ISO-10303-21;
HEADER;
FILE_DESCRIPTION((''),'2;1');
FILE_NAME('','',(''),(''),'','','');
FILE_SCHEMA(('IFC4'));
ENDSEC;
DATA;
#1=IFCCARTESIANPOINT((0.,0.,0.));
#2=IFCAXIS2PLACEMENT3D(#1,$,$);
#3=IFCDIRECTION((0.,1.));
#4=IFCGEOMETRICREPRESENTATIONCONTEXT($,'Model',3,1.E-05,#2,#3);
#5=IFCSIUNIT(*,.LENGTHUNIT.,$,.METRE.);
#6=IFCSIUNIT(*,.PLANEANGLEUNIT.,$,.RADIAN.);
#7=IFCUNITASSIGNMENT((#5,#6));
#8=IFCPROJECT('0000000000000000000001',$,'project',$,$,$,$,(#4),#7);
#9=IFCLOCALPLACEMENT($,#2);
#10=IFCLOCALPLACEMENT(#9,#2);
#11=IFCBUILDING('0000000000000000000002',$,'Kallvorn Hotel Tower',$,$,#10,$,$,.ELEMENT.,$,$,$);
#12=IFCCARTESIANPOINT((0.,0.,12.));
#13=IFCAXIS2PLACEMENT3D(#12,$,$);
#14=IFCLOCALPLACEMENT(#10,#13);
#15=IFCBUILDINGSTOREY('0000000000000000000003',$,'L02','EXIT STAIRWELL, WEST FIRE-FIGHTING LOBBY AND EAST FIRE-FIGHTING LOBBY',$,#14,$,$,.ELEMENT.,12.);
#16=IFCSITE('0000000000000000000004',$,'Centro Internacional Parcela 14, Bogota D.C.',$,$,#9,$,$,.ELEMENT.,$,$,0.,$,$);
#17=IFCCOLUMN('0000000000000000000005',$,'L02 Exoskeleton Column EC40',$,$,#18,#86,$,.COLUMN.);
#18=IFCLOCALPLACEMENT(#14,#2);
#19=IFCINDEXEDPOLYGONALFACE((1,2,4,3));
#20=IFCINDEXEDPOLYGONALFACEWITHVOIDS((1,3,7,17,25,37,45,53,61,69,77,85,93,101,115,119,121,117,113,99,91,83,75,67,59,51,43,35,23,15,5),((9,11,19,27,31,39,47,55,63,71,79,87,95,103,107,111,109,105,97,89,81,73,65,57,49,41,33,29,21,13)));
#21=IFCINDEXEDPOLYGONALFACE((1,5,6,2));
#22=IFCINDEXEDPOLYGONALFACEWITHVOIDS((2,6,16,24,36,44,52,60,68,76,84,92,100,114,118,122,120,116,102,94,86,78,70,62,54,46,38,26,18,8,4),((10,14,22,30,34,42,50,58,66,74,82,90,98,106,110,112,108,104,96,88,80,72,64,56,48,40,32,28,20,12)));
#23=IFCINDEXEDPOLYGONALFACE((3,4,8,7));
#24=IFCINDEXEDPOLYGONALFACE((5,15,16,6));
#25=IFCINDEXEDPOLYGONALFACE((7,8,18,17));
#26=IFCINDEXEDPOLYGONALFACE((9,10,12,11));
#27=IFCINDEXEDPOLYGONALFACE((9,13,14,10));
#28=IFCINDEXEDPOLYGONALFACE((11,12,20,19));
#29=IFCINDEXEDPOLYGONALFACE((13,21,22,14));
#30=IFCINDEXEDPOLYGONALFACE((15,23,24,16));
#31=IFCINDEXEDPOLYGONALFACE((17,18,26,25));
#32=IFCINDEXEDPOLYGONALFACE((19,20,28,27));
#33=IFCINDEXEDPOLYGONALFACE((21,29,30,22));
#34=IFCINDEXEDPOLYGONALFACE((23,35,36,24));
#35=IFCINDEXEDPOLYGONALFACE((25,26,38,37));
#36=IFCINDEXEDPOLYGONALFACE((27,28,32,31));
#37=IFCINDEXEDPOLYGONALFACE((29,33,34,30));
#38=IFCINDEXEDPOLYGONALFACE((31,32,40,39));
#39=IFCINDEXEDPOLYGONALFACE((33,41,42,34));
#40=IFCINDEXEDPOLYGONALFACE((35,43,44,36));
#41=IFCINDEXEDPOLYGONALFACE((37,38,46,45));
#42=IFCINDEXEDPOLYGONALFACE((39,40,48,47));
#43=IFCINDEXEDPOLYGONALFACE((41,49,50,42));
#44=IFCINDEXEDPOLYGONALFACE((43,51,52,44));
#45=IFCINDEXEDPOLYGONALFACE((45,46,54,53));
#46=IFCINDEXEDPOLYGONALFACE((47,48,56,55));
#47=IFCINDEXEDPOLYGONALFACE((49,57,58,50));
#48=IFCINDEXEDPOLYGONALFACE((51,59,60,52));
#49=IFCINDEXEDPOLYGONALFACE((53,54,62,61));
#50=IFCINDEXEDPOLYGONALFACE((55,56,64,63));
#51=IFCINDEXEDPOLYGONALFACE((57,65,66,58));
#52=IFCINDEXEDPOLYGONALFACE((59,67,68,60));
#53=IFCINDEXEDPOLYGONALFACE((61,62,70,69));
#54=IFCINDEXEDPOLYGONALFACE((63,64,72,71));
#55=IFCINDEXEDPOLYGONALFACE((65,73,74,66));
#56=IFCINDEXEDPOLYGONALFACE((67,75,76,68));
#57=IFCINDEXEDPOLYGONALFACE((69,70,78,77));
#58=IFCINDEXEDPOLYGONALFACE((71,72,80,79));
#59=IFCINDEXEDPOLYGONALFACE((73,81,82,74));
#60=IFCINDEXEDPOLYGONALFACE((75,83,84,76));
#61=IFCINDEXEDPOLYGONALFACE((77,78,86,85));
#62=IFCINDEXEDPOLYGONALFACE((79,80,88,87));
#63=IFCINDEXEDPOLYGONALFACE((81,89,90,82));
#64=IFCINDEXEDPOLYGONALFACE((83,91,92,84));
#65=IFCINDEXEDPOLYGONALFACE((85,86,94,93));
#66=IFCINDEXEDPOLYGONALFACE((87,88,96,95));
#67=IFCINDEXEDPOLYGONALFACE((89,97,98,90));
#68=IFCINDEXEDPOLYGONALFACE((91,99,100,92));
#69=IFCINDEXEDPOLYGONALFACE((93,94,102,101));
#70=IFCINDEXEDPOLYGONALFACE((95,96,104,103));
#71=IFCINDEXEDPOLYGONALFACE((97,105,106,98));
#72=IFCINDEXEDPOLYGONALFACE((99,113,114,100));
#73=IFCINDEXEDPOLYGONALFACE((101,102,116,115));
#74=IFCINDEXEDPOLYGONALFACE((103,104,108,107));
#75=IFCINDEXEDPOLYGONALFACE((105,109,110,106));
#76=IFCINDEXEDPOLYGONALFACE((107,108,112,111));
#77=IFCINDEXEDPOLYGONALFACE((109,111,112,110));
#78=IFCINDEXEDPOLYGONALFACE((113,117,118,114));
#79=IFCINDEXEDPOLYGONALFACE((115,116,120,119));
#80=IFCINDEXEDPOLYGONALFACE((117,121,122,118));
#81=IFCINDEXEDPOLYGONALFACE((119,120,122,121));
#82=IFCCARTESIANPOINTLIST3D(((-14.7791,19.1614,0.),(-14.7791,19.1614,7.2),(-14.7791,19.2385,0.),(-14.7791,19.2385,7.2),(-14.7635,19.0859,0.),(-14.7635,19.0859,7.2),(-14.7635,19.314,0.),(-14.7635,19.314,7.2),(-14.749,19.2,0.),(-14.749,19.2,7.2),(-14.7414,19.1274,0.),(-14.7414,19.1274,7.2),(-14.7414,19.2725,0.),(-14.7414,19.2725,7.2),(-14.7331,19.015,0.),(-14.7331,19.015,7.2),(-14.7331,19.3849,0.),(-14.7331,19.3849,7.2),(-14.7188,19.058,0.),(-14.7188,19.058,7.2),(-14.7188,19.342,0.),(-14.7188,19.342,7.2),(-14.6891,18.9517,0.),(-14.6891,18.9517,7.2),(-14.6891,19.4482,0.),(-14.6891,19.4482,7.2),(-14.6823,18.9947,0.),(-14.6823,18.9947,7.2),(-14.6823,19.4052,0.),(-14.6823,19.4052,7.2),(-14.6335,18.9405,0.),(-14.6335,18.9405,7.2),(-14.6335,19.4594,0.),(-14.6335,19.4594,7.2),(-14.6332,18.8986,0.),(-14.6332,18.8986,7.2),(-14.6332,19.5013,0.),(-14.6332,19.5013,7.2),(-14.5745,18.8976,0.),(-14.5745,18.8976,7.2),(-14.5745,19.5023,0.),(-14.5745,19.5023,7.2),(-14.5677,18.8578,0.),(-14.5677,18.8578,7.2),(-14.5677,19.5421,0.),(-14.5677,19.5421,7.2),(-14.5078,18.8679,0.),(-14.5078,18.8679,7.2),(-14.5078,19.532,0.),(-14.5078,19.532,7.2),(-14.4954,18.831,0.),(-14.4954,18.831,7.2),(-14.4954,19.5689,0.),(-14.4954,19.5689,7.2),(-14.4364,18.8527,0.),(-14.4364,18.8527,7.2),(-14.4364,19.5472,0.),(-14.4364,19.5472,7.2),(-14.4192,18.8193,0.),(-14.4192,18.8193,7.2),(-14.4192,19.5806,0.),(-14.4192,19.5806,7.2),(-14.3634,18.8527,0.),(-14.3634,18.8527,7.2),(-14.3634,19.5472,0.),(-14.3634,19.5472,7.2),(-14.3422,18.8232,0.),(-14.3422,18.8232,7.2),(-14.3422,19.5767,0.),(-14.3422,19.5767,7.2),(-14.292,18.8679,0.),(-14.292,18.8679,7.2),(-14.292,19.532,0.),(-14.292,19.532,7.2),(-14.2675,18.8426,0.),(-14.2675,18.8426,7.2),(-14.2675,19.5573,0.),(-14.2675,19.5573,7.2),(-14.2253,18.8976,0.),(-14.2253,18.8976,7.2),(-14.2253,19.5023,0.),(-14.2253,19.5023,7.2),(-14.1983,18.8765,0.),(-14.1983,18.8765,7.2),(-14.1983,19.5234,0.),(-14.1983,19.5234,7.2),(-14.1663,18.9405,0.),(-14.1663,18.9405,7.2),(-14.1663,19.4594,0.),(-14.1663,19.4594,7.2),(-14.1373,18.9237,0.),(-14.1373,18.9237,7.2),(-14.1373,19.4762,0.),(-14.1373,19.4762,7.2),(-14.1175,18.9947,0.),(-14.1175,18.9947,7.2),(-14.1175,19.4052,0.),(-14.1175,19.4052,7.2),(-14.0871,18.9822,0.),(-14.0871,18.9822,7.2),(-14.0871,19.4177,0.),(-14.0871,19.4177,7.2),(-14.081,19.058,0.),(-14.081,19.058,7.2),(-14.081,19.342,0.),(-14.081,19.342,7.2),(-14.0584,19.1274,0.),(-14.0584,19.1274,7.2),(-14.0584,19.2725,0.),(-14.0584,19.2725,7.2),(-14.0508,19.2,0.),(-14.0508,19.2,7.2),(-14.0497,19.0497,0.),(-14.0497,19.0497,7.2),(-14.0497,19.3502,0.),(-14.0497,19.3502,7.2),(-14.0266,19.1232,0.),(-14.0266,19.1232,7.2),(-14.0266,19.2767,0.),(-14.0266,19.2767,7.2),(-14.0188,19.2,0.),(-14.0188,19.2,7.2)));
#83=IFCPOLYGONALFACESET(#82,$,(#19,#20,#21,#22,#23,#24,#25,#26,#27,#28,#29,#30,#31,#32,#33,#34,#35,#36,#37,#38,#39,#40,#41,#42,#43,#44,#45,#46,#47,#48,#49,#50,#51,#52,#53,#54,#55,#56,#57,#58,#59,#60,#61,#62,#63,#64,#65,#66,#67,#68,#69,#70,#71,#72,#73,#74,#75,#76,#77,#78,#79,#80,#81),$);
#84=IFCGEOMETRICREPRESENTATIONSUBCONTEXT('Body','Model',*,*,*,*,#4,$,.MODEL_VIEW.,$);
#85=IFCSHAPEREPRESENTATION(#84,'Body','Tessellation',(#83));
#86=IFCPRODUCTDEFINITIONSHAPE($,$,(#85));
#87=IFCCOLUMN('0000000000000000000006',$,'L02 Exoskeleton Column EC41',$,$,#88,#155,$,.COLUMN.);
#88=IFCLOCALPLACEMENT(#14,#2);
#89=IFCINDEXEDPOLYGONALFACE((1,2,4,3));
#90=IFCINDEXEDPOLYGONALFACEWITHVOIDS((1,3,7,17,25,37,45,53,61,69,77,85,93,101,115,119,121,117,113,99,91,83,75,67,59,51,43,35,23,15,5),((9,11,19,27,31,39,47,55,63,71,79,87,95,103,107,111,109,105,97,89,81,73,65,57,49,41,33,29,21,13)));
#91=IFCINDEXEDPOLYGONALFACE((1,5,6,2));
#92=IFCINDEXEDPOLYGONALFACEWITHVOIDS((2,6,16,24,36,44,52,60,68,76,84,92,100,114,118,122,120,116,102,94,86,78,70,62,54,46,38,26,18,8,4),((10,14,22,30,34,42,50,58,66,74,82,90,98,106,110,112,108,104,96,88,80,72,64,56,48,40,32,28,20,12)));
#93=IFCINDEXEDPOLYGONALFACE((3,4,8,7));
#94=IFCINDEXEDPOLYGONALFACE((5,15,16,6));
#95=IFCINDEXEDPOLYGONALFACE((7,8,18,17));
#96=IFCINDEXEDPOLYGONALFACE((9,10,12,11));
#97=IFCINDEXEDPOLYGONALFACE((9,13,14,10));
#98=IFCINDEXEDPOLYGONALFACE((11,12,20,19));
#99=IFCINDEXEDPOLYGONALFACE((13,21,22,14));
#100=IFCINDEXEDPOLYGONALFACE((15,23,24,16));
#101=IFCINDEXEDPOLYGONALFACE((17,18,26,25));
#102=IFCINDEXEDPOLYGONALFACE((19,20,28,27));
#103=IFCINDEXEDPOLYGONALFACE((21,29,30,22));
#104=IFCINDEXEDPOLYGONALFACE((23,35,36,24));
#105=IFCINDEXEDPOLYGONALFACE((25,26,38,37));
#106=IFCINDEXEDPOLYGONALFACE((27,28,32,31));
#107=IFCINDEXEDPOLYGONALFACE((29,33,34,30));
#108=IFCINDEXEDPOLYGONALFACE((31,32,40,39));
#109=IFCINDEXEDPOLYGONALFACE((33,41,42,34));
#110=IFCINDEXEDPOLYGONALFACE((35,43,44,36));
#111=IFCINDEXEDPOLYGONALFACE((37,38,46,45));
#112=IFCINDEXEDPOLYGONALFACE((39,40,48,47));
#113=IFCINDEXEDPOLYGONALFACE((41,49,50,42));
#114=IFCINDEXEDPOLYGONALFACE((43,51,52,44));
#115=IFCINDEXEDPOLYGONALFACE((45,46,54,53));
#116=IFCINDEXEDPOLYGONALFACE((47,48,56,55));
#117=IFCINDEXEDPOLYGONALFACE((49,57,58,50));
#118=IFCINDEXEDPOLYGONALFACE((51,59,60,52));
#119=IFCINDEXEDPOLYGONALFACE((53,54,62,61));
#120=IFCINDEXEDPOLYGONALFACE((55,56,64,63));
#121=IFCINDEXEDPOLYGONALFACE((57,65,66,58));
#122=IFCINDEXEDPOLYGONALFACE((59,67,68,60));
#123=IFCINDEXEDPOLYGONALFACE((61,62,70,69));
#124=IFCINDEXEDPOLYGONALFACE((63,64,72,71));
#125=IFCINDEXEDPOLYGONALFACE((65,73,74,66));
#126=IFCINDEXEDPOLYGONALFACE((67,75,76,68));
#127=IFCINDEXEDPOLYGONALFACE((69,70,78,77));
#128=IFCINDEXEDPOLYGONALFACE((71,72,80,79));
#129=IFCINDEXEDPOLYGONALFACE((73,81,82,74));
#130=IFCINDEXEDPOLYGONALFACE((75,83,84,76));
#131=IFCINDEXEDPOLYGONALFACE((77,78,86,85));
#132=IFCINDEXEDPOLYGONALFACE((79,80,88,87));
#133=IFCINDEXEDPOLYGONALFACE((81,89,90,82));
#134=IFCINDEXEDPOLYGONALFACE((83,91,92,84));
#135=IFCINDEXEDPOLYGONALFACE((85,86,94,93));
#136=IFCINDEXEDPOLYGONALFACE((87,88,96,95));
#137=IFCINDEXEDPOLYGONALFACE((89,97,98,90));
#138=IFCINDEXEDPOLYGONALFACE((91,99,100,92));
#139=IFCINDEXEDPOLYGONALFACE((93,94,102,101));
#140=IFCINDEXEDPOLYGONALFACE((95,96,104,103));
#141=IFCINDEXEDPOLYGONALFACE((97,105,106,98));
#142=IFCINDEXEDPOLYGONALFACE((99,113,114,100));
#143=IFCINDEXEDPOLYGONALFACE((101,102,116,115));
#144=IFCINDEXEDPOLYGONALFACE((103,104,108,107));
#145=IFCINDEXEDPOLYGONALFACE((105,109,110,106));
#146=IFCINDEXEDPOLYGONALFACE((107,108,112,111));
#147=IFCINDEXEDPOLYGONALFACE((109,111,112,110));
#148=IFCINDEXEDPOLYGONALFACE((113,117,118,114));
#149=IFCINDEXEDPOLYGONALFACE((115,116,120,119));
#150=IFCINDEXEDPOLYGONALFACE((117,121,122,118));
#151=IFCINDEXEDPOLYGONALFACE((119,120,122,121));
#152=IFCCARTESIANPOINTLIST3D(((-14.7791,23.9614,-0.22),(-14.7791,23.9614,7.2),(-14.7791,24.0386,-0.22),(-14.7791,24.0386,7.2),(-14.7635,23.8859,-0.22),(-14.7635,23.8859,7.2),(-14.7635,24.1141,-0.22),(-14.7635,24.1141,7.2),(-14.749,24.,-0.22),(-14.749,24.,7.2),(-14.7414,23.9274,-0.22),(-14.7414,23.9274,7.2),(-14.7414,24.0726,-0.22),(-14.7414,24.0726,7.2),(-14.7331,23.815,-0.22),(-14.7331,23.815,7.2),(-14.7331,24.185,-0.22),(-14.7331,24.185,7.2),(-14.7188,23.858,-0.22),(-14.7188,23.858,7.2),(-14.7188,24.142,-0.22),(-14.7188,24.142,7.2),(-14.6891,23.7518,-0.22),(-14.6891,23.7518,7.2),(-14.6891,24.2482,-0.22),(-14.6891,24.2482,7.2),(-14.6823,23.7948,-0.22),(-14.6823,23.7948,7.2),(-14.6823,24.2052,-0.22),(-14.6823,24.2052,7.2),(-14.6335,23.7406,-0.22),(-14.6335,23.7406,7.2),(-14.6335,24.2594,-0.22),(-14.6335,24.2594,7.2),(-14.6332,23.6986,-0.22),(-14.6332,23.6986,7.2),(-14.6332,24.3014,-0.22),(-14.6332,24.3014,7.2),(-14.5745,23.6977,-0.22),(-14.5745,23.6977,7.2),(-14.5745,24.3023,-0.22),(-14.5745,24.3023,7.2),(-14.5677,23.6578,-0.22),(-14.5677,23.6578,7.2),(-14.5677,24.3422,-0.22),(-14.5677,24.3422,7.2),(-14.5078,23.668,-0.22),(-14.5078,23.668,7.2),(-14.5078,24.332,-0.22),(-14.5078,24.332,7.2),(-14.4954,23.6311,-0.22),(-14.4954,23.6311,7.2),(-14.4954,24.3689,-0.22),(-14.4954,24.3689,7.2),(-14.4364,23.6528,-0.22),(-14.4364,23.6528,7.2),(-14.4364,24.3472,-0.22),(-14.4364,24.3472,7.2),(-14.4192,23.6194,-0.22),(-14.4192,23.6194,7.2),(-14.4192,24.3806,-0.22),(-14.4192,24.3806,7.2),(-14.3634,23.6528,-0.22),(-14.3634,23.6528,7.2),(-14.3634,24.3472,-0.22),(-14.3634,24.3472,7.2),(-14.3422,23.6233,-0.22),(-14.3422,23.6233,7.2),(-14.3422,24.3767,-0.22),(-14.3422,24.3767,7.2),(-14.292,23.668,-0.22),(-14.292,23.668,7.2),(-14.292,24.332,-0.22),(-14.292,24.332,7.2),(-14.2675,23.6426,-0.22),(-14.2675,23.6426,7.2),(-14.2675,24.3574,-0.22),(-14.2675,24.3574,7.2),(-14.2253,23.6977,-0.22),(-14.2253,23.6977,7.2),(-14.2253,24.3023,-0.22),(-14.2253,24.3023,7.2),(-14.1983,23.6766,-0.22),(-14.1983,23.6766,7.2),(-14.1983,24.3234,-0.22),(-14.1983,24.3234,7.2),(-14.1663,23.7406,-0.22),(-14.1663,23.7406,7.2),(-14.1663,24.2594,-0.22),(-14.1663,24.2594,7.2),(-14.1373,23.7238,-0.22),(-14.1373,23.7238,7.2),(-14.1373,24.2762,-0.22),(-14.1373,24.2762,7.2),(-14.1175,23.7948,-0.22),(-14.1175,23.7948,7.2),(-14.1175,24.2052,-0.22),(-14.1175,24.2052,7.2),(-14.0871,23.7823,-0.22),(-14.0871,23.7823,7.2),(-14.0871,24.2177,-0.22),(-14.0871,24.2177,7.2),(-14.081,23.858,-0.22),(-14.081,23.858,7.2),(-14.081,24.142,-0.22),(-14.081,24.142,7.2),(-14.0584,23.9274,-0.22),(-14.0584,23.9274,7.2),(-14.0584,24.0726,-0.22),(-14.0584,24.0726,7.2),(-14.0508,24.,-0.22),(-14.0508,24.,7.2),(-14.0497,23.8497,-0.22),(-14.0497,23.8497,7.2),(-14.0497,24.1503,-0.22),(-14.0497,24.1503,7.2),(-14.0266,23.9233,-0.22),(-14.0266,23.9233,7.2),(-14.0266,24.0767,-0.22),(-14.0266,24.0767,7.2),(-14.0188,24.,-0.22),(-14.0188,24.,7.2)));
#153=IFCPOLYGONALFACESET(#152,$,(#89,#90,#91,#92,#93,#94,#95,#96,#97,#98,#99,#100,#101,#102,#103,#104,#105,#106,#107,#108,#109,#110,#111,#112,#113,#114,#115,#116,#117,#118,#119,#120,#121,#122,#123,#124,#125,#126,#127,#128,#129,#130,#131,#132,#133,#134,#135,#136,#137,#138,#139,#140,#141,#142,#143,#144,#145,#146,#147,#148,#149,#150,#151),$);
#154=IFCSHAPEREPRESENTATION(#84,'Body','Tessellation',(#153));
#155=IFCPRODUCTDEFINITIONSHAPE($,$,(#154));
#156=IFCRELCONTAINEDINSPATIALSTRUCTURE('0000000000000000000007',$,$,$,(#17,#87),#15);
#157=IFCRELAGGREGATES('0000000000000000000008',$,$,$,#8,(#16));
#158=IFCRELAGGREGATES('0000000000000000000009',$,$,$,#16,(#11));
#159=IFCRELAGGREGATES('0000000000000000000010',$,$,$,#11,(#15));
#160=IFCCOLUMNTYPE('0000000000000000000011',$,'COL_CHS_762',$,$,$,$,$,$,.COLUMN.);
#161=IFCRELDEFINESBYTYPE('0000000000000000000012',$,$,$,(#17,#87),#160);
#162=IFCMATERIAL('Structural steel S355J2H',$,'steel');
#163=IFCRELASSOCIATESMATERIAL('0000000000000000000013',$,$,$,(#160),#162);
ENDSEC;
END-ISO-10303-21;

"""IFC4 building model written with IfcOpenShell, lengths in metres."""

from ifc_helpers import new_model, si_unit, direction, frame, origin, origin_2d, place, context, subcontext, project, spatial, hollow_circle, extrude, material, material_profile, profile_set, type_object, element, save


model = new_model("IFC4")

# Units and contexts
model_context = context("Model", 3, precision=1e-05, world=origin(), true_north=direction((0.0, 1.0)))
body_context = subcontext(model_context, "Body", "Model", "MODEL_VIEW")
ifc_project = project(units=[si_unit("LENGTHUNIT", "METRE"), si_unit("PLANEANGLEUNIT", "RADIAN")], contexts=[model_context])

# Site, building, storey
site_placement = place(None, origin())
site = spatial("IfcSite", under=ifc_project, at=site_placement, Name="Centro Internacional Parcela 14, Bogota D.C.", CompositionType="ELEMENT", RefElevation=0.0)
building_placement = place(site_placement, origin())
building = spatial("IfcBuilding", under=site, at=building_placement, Name="Kallvorn Hotel Tower", CompositionType="ELEMENT")
storey_placement = place(building_placement, frame((0.0, 0.0, 12.0)))
storey = spatial("IfcBuildingStorey", under=building, at=storey_placement, Name="L02", Description="EXIT STAIRWELL, WEST FIRE-FIGHTING LOBBY AND EAST FIRE-FIGHTING LOBBY", CompositionType="ELEMENT", Elevation=12.0)

# Columns
ifc_material_1 = material(Name="Structural steel S355J2H", Category="steel")
ifc_material_profile_1 = material_profile(ifc_material_1, hollow_circle(Radius=0.3811, WallThickness=0.032, at=origin_2d()), Name="CHS 762x32")
ifc_profile_set_1 = profile_set([ifc_material_profile_1], Name="Structural steel S355J2H")
column_type_1 = type_object("IfcColumnType", Name="COL_CHS_762", PredefinedType="COLUMN", material=ifc_profile_set_1)
column_1_placement = place(storey_placement, frame((-14.3999, 19.2, 0.0), z_axis=(0.0, 0.0, 1.0), x_axis=(1.0, 0.0, 0.0)))
element("IfcColumn", 1, at=column_1_placement, inside=storey, type_object=column_type_1, Name="L02 Exoskeleton Column EC40", PredefinedType="COLUMN", context=body_context, shape_type="SweptSolid", body=[
    extrude(hollow_circle(Radius=0.3811, WallThickness=0.032, at=origin_2d()), origin(), (0.0, 0.0, 1.0), 7.2),
])
column_2_placement = place(storey_placement, frame((-14.3999, 24.0, -0.22), z_axis=(0.0, 0.0, 1.0), x_axis=(1.0, 0.0, 0.0)))
element("IfcColumn", 2, at=column_2_placement, inside=storey, type_object=column_type_1, Name="L02 Exoskeleton Column EC41", PredefinedType="COLUMN", context=body_context, shape_type="SweptSolid", body=[
    extrude(hollow_circle(Radius=0.3811, WallThickness=0.032, at=origin_2d()), origin(), (0.0, 0.0, 1.0), 7.4199),
])

save(model, "model.ifc")
